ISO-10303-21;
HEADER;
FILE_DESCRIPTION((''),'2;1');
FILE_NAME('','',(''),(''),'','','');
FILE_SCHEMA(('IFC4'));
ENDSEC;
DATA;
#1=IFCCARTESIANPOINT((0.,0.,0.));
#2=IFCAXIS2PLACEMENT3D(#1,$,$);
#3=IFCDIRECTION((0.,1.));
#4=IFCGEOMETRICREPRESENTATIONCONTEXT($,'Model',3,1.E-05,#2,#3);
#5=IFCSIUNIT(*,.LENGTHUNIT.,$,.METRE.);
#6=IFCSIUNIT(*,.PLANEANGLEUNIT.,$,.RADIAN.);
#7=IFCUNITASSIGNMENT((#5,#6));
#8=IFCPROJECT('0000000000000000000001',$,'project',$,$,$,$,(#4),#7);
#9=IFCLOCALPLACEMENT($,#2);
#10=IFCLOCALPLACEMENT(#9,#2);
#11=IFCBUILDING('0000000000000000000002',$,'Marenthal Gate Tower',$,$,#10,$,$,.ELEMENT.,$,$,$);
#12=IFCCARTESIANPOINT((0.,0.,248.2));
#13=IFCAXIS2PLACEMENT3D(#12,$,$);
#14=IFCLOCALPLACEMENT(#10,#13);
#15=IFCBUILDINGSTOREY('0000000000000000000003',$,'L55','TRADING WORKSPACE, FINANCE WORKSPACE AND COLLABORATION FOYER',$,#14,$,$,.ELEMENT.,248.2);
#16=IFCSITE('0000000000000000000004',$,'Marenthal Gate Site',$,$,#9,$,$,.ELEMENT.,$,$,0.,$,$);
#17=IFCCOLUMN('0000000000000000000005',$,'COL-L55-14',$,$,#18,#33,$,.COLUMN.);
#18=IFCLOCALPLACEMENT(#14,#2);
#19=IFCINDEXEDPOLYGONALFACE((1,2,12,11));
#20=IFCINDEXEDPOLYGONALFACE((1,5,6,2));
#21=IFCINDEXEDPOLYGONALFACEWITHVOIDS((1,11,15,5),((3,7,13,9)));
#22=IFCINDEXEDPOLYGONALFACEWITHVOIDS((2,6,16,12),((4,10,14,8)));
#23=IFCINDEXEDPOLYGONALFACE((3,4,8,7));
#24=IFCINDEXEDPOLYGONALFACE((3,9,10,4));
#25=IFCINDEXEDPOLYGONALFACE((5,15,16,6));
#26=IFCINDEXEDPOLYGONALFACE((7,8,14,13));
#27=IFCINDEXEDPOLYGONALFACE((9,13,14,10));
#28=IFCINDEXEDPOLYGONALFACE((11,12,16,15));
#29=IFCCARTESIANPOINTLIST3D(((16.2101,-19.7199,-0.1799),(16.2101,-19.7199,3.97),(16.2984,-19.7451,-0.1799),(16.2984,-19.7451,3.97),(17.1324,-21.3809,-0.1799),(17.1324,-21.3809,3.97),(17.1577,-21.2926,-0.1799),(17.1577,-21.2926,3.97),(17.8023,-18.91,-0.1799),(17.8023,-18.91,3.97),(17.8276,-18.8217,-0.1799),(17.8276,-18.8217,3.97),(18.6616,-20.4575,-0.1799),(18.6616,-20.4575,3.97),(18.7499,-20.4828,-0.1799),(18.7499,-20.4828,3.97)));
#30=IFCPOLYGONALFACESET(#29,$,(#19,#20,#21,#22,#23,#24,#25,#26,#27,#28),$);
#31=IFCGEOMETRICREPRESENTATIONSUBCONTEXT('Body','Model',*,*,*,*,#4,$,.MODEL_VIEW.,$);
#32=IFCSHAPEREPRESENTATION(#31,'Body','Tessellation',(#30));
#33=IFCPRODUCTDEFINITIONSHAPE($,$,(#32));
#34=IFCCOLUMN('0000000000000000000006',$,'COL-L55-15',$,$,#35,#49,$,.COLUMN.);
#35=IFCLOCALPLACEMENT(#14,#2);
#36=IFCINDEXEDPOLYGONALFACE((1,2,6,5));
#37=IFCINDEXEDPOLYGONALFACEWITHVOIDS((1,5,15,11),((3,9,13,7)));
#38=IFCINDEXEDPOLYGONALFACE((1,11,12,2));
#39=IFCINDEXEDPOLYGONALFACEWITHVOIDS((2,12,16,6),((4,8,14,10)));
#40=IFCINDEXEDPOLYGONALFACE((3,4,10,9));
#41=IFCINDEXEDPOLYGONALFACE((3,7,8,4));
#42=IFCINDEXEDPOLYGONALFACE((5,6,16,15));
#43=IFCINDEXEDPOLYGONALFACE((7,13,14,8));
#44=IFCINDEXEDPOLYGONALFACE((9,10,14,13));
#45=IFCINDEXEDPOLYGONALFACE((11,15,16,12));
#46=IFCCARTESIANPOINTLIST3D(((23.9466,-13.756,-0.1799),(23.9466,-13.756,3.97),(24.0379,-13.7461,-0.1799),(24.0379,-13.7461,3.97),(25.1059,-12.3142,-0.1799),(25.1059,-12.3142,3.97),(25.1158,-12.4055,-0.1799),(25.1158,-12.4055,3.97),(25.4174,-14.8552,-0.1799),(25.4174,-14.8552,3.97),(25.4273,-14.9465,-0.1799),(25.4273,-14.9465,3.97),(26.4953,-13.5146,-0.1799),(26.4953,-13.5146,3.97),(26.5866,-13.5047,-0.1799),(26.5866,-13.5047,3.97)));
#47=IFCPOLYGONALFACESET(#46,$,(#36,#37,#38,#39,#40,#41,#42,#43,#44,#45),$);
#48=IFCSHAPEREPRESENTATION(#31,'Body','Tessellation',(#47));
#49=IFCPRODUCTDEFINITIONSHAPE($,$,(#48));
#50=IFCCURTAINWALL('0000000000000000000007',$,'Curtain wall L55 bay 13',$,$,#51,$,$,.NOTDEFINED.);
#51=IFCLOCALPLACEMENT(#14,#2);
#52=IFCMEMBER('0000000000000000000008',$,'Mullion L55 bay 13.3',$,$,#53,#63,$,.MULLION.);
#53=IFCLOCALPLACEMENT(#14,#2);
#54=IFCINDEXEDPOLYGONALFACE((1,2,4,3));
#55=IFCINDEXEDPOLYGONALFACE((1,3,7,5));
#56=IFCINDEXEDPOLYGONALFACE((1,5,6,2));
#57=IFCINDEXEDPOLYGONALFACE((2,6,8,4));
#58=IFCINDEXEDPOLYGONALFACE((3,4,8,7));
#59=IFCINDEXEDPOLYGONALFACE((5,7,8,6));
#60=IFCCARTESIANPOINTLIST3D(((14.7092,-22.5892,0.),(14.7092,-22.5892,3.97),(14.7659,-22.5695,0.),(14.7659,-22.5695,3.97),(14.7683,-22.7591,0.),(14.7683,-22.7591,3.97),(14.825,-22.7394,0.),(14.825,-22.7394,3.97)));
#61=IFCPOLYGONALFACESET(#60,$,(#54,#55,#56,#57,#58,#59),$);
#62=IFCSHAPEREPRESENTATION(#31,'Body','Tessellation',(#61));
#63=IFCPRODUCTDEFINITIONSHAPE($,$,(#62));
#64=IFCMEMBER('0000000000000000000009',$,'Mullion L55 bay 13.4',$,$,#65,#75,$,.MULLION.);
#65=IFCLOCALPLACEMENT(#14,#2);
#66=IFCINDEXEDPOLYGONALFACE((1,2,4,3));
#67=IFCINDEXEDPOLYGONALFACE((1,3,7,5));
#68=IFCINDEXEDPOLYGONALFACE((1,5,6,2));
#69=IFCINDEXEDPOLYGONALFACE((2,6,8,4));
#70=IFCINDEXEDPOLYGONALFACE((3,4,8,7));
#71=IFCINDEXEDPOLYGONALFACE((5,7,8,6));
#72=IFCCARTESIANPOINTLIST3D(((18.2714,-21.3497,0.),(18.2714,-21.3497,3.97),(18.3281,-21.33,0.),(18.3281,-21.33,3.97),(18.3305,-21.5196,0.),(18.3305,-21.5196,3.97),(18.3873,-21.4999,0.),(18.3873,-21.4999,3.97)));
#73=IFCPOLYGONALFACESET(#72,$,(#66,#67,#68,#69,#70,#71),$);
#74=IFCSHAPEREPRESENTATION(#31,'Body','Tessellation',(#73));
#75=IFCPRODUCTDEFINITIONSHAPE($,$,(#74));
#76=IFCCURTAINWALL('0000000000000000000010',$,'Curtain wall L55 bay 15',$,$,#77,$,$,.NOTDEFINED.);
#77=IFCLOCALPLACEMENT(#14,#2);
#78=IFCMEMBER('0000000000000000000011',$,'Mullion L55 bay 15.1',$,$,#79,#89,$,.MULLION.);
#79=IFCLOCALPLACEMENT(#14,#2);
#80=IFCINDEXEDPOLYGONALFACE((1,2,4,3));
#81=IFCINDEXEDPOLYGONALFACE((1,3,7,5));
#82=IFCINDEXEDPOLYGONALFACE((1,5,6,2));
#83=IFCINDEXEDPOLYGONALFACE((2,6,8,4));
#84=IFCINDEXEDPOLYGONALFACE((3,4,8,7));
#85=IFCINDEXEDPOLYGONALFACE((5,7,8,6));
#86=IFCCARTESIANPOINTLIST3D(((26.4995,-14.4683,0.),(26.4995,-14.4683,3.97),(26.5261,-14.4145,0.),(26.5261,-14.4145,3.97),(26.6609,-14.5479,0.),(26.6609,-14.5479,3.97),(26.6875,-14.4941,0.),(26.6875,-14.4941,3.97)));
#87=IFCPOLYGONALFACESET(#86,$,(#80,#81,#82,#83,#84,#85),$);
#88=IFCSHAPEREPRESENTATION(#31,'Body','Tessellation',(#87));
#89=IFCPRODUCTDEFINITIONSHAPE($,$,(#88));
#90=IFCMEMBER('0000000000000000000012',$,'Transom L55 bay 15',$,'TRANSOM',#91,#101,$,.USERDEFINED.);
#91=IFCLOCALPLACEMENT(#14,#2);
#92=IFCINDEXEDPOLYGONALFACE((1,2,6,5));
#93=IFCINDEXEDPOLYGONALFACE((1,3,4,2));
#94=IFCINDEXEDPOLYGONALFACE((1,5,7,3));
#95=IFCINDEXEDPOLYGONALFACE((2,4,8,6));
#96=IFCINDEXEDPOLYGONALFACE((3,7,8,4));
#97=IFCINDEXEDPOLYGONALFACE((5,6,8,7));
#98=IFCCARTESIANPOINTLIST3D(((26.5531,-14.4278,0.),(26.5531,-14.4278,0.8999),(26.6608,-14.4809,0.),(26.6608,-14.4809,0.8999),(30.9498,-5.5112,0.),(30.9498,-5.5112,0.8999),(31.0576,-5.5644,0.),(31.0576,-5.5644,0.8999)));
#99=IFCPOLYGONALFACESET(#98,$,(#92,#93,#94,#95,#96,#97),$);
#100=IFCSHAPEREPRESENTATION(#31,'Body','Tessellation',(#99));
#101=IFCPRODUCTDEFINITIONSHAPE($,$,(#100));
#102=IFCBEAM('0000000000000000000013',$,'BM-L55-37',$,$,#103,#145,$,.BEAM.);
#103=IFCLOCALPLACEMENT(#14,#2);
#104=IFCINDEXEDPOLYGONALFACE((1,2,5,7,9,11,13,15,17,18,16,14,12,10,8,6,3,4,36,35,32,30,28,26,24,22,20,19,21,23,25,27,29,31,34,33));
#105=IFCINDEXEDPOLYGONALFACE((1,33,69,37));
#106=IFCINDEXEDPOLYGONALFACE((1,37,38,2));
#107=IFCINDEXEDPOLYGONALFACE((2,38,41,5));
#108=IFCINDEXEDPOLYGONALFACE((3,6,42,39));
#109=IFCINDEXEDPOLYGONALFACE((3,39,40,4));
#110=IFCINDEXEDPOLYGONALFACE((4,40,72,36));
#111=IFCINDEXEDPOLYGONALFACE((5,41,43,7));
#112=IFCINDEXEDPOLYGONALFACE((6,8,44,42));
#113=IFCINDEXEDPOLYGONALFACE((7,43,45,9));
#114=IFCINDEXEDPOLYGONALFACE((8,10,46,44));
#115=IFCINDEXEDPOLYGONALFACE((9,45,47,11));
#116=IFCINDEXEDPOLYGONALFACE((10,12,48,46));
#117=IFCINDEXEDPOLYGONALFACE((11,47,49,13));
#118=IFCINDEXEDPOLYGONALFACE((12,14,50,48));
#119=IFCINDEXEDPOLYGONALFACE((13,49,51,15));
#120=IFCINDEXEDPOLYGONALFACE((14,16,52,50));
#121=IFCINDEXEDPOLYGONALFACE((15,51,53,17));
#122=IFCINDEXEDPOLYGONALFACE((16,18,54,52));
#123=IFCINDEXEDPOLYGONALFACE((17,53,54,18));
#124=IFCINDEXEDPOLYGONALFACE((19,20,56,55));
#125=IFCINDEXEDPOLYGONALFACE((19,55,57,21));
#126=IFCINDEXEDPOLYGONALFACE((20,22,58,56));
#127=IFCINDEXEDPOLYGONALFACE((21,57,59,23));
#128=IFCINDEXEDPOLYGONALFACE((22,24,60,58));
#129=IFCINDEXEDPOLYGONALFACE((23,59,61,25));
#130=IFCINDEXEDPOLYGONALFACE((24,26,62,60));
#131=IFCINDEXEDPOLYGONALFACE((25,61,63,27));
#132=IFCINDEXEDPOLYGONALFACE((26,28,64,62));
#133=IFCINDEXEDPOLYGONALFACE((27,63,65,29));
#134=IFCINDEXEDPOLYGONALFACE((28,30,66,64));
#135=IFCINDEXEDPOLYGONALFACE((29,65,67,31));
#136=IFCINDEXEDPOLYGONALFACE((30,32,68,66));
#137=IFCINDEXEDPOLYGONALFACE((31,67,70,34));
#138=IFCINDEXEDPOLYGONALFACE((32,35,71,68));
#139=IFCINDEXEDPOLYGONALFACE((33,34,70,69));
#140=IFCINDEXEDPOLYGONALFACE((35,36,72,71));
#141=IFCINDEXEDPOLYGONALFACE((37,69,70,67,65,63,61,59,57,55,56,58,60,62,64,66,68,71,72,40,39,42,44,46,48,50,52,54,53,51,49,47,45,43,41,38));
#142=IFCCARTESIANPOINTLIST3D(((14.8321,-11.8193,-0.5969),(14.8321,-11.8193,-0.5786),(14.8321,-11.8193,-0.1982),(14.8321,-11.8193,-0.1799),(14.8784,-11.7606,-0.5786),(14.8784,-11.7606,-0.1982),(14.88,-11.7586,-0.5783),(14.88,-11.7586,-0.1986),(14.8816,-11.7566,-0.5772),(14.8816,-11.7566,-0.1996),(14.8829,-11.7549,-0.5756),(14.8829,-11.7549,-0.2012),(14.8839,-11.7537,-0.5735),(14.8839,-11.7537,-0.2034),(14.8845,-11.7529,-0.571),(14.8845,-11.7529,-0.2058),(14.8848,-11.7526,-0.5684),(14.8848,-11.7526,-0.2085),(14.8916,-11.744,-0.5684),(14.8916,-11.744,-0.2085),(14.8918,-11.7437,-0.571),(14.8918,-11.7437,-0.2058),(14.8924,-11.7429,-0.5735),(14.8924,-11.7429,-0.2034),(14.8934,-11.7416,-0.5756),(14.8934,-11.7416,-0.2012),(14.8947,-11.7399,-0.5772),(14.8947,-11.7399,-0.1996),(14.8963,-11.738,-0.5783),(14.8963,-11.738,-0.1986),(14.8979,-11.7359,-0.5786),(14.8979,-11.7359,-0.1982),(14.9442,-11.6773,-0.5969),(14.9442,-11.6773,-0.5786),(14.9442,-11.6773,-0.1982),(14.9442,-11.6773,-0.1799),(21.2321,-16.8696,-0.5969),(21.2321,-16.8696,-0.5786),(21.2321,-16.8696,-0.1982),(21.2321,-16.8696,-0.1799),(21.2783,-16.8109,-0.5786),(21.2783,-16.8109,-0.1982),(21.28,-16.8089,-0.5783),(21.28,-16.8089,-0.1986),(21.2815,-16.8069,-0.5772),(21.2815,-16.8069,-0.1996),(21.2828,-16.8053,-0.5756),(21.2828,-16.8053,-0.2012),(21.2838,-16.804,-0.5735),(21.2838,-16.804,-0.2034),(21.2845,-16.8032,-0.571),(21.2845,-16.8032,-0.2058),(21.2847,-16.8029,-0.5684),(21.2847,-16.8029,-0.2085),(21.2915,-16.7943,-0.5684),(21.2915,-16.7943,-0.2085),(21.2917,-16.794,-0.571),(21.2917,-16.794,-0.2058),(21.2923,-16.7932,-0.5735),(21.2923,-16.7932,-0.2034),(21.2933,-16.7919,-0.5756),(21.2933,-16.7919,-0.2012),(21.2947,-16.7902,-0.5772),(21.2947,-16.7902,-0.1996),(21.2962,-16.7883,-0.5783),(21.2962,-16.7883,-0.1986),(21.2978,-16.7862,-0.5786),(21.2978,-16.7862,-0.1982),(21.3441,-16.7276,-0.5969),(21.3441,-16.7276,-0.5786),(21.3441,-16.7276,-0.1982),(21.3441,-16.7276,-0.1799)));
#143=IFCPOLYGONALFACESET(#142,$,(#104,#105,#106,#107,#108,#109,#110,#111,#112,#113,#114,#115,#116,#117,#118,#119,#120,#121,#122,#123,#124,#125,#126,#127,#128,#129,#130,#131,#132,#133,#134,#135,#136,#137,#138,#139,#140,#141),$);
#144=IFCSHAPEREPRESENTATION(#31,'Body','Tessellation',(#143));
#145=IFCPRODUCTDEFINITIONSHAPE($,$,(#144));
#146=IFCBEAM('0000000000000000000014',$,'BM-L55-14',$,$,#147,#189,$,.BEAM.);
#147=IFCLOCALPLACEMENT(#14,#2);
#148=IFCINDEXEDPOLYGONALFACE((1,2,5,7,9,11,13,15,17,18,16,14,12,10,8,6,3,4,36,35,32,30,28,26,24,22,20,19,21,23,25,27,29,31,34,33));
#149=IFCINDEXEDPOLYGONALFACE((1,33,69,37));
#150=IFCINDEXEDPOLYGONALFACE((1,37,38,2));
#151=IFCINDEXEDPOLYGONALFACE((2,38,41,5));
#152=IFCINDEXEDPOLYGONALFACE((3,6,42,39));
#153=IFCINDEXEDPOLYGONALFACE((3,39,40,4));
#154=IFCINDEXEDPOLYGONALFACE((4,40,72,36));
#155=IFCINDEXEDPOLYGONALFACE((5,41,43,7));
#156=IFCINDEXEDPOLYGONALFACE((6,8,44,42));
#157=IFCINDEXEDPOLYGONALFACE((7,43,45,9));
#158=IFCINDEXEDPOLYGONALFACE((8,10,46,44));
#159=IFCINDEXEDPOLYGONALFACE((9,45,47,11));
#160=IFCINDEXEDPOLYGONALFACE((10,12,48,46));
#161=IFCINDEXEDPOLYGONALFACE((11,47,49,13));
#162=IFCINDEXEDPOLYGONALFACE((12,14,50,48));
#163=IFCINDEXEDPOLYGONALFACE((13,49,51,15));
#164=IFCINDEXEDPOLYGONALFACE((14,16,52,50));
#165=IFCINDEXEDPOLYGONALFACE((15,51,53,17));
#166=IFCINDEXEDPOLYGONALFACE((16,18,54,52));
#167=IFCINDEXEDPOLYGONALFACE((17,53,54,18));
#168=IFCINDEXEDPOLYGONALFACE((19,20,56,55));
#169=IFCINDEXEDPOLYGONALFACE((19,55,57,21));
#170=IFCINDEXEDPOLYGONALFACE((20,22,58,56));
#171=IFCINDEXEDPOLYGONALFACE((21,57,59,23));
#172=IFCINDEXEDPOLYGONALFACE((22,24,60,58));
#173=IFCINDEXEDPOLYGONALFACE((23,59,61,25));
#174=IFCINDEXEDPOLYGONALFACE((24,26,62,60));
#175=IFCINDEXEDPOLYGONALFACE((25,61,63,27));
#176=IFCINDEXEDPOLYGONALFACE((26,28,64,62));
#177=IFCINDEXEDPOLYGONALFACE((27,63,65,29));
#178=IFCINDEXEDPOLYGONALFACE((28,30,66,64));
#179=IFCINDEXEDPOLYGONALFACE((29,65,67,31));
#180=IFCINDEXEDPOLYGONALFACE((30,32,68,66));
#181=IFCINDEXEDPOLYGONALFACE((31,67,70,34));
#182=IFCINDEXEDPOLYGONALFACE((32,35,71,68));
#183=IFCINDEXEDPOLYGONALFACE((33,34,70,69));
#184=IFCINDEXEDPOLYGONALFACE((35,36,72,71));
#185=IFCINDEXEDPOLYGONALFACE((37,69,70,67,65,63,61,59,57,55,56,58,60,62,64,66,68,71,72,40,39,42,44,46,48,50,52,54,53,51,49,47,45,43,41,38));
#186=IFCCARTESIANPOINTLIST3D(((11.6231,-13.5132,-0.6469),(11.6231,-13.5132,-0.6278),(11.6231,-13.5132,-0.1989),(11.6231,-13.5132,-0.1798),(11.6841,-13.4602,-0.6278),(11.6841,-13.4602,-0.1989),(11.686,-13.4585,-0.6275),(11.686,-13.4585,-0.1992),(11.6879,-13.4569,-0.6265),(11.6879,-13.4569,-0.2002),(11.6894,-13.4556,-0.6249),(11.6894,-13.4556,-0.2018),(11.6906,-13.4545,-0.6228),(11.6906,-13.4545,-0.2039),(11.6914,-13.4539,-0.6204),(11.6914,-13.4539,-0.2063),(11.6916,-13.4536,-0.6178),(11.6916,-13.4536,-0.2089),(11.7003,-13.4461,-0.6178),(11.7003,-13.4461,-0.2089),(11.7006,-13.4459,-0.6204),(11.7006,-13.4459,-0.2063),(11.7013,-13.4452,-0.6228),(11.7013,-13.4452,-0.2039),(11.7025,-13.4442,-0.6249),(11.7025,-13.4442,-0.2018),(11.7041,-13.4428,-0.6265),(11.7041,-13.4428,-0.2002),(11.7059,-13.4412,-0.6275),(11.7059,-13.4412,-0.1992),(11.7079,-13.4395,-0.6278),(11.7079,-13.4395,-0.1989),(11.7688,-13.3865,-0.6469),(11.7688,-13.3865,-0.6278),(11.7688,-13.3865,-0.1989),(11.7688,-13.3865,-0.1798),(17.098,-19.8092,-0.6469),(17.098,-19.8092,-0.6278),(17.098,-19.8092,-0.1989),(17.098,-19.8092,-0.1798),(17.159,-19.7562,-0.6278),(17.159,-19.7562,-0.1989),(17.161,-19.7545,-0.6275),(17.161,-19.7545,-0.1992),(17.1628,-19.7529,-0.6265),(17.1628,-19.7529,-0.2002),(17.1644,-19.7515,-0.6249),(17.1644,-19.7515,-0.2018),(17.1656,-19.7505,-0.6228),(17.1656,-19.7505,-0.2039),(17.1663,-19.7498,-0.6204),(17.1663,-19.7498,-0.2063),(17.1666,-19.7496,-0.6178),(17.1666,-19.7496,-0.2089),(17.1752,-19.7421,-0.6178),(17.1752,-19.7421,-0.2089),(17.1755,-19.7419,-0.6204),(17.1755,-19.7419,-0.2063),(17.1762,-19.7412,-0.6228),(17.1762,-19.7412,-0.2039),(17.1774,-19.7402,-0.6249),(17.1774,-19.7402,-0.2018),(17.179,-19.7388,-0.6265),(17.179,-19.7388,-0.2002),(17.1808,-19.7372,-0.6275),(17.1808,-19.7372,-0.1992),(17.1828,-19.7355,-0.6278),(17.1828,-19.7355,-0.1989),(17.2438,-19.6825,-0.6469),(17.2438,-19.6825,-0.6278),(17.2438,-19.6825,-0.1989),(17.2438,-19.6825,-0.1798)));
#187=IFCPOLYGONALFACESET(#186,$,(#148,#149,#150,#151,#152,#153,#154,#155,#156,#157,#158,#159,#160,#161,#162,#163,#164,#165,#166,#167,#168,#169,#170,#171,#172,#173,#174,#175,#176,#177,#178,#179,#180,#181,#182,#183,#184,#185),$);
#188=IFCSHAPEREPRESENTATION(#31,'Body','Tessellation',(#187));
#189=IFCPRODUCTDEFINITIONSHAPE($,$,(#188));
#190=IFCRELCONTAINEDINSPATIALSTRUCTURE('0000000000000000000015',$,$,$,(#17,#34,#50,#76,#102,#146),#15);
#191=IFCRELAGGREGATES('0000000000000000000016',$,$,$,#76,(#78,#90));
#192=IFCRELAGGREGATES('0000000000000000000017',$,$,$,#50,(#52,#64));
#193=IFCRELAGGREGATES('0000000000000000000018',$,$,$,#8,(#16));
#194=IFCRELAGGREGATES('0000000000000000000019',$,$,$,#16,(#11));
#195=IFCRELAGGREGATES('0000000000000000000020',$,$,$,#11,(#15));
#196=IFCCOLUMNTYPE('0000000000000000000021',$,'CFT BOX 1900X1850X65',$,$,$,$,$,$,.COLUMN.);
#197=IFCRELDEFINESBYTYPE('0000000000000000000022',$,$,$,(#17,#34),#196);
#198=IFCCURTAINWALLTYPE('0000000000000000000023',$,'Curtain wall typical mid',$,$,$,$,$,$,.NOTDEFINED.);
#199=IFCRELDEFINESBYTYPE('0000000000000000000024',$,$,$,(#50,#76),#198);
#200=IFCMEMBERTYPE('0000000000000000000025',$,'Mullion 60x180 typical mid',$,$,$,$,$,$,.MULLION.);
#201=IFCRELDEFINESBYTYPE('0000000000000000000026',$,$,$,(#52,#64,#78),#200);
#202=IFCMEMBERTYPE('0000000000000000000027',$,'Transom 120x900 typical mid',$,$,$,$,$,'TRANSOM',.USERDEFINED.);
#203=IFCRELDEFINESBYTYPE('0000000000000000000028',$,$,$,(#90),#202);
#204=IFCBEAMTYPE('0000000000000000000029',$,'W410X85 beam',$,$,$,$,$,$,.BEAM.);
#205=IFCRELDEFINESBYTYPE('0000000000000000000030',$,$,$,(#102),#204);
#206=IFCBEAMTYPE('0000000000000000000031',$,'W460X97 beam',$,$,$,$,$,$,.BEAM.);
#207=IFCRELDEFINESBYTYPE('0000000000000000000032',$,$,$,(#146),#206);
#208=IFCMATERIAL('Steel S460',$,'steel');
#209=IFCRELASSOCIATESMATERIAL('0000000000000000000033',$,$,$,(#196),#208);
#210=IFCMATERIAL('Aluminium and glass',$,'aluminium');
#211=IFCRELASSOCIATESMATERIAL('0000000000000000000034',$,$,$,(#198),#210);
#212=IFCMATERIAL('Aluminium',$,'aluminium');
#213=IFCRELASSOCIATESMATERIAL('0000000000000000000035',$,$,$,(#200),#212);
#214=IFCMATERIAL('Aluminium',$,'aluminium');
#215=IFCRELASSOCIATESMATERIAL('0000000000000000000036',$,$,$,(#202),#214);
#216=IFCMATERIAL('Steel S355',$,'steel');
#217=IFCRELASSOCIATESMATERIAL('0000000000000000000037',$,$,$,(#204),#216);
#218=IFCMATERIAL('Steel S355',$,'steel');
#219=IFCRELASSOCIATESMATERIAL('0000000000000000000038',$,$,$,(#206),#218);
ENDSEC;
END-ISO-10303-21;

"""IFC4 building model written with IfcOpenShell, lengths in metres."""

from ifc_helpers import new_model, si_unit, direction, frame, origin, origin_2d, place, context, subcontext, project, spatial, rectangle, hollow_rectangle, i_section, extrude, material, material_profile, profile_set, type_object, element, aggregate, save


model = new_model("IFC4")

# Units and contexts
model_context = context("Model", 3, precision=1e-05, world=origin(), true_north=direction((0.0, 1.0)))
body_context = subcontext(model_context, "Body", "Model", "MODEL_VIEW")
ifc_project = project(units=[si_unit("LENGTHUNIT", "METRE"), si_unit("PLANEANGLEUNIT", "RADIAN")], contexts=[model_context])

# Site, building, storey
site_placement = place(None, origin())
site = spatial("IfcSite", under=ifc_project, at=site_placement, Name="Marenthal Gate Site", CompositionType="ELEMENT", RefElevation=0.0)
building_placement = place(site_placement, origin())
building = spatial("IfcBuilding", under=site, at=building_placement, Name="Marenthal Gate Tower", CompositionType="ELEMENT")
storey_placement = place(building_placement, frame((0.0, 0.0, 248.2)))
storey = spatial("IfcBuildingStorey", under=building, at=storey_placement, Name="L55", Description="TRADING WORKSPACE, FINANCE WORKSPACE AND COLLABORATION FOYER", CompositionType="ELEMENT", Elevation=248.2)

# Columns
ifc_material_1 = material(Name="Steel S460", Category="steel")
ifc_material_profile_1 = material_profile(ifc_material_1, hollow_rectangle(XDim=1.8501, YDim=1.8999, WallThickness=0.0649, at=origin_2d()), Name="CFT BOX 1900X1850X65")
ifc_material_2 = material(Name="Concrete 70 MPa", Category="concrete")
ifc_material_profile_2 = material_profile(ifc_material_2, rectangle(XDim=1.72, YDim=1.77, at=origin_2d()), Name="CFT BOX 1900X1850X65 INFILL")
ifc_profile_set_1 = profile_set([ifc_material_profile_1, ifc_material_profile_2], Name="Steel S460 shell, Concrete 70 MPa infill")
column_type = type_object("IfcColumnType", Name="CFT BOX 1900X1850X65", PredefinedType="COLUMN", material=ifc_profile_set_1)
for number, where, z_axis, x_axis, name in (
    (1, (17.48, -20.1013, -0.1799), (0.0, 0.0, 1.0), (-0.874262, -0.485454, 0.0), "COL-L55-14"),
    (2, (25.2666, -13.6304, -0.1799), (0.0, 0.0, 1.0), (-0.626615, -0.779329, 0.0), "COL-L55-15"),
):
    element("IfcColumn", number, at=place(storey_placement, frame(where, z_axis=z_axis, x_axis=x_axis)), inside=storey, type_object=column_type, Name=name, PredefinedType="COLUMN", context=body_context, shape_type="SweptSolid", body=[
        extrude(hollow_rectangle(XDim=1.8501, YDim=1.8999, WallThickness=0.0649, at=origin_2d()), origin(), (0.0, 0.0, 1.0), 4.1499),
    ])

# Curtain walls, members
ifc_material_3 = material(Name="Aluminium and glass", Category="aluminium")
curtain_wall_type = type_object("IfcCurtainWallType", Name="Curtain wall typical mid", PredefinedType="NOTDEFINED", material=ifc_material_3)
curtain_wall_1_placement = place(storey_placement, origin())
curtain_wall_1 = element("IfcCurtainWall", 3, at=curtain_wall_1_placement, inside=storey, type_object=curtain_wall_type, Name="Curtain wall L55 bay 13", PredefinedType="NOTDEFINED")
ifc_material_4 = material(Name="Aluminium", Category="aluminium")
ifc_material_profile_3 = material_profile(ifc_material_4, rectangle(XDim=0.1799, YDim=0.0601, at=origin_2d()), Name="60x180 aluminium mullion")
ifc_profile_set_2 = profile_set([ifc_material_profile_3], Name="Aluminium")
member_type_1 = type_object("IfcMemberType", Name="Mullion 60x180 typical mid", PredefinedType="MULLION", material=ifc_profile_set_2)
member_1_placement = place(storey_placement, frame((14.7671, -22.6643, 0.0), z_axis=(0.0, 0.0, 1.0), x_axis=(-0.328612, 0.944465, 0.0)))
member_1 = element("IfcMember", 4, at=member_1_placement, type_object=member_type_1, Name="Mullion L55 bay 13.3", PredefinedType="MULLION", context=body_context, shape_type="SweptSolid", body=[
    extrude(rectangle(XDim=0.1799, YDim=0.0601, at=origin_2d()), origin(), (0.0, 0.0, 1.0), 3.97),
])
member_2_placement = place(storey_placement, frame((18.3293, -21.4248, 0.0), z_axis=(0.0, 0.0, 1.0), x_axis=(-0.328612, 0.944465, 0.0)))
member_2 = element("IfcMember", 5, at=member_2_placement, type_object=member_type_1, Name="Mullion L55 bay 13.4", PredefinedType="MULLION", context=body_context, shape_type="SweptSolid", body=[
    extrude(rectangle(XDim=0.1799, YDim=0.0601, at=origin_2d()), origin(), (0.0, 0.0, 1.0), 3.97),
])
curtain_wall_2_placement = place(storey_placement, origin())
curtain_wall_2 = element("IfcCurtainWall", 6, at=curtain_wall_2_placement, inside=storey, type_object=curtain_wall_type, Name="Curtain wall L55 bay 15", PredefinedType="NOTDEFINED")
member_3_placement = place(storey_placement, frame((26.5935, -14.4812, 0.0), z_axis=(0.0, 0.0, 1.0), x_axis=(-0.896882, 0.442269, 0.0)))
member_3 = element("IfcMember", 7, at=member_3_placement, type_object=member_type_1, Name="Mullion L55 bay 15.1", PredefinedType="MULLION", context=body_context, shape_type="SweptSolid", body=[
    extrude(rectangle(XDim=0.1799, YDim=0.0601, at=origin_2d()), origin(), (0.0, 0.0, 1.0), 3.97),
])
ifc_material_5 = material(Name="Aluminium", Category="aluminium")
ifc_material_profile_4 = material_profile(ifc_material_5, rectangle(XDim=0.1201, YDim=0.8999, at=origin_2d()), Name="120x900 aluminium transom")
ifc_profile_set_3 = profile_set([ifc_material_profile_4], Name="Aluminium")
member_type_2 = type_object("IfcMemberType", Name="Transom 120x900 typical mid", ElementType="TRANSOM", PredefinedType="USERDEFINED", material=ifc_profile_set_3)
member_4_placement = place(storey_placement, frame((26.6069, -14.4543, 0.45), z_axis=(0.442256, 0.896889, 0.0), x_axis=(-0.896889, 0.442256, 0.0)))
member_4 = element("IfcMember", 8, at=member_4_placement, type_object=member_type_2, Name="Transom L55 bay 15", ObjectType="TRANSOM", PredefinedType="USERDEFINED", context=body_context, shape_type="SweptSolid", body=[
    extrude(rectangle(XDim=0.1201, YDim=0.8999, at=origin_2d()), origin(), (0.0, 0.0, 1.0), 9.9417),
])
aggregate(curtain_wall_2, [member_3, member_4])

# Beams
ifc_material_6 = material(Name="Steel S355", Category="steel")
ifc_material_profile_5 = material_profile(ifc_material_6, i_section(OverallWidth=0.1809, OverallDepth=0.417, WebThickness=0.011, FlangeThickness=0.0183, FilletRadius=0.0103, at=origin_2d()), Name="W410X85")
ifc_profile_set_4 = profile_set([ifc_material_profile_5], Name="Steel S355")
beam_type_1 = type_object("IfcBeamType", Name="W410X85 beam", PredefinedType="BEAM", material=ifc_profile_set_4)
beam_1_placement = place(storey_placement, frame((21.2881, -16.7986, -0.3884), z_axis=(-0.785018, 0.619473, 0.0), x_axis=(-0.619473, -0.785018, 0.0)))
element("IfcBeam", 9, at=beam_1_placement, inside=storey, type_object=beam_type_1, Name="BM-L55-37", PredefinedType="BEAM", context=body_context, shape_type="SweptSolid", body=[
    extrude(i_section(OverallWidth=0.1809, OverallDepth=0.417, WebThickness=0.011, FlangeThickness=0.0183, FilletRadius=0.0103, at=origin_2d()), origin(), (0.0, 0.0, 1.0), 8.1526),
])
ifc_material_7 = material(Name="Steel S355", Category="steel")
ifc_material_profile_6 = material_profile(ifc_material_7, i_section(OverallWidth=0.1931, OverallDepth=0.467, WebThickness=0.0115, FlangeThickness=0.019, FilletRadius=0.01, at=origin_2d()), Name="W460X97")
ifc_profile_set_5 = profile_set([ifc_material_profile_6], Name="Steel S355")
beam_type_2 = type_object("IfcBeamType", Name="W460X97 beam", PredefinedType="BEAM", material=ifc_profile_set_5)
beam_2_placement = place(storey_placement, frame((17.1709, -19.7458, -0.4133), z_axis=(-0.65619, 0.754596, 0.0), x_axis=(-0.754596, -0.65619, 0.0)))
element("IfcBeam", 10, at=beam_2_placement, inside=storey, type_object=beam_type_2, Name="BM-L55-14", PredefinedType="BEAM", context=body_context, shape_type="SweptSolid", body=[
    extrude(i_section(OverallWidth=0.1931, OverallDepth=0.467, WebThickness=0.0115, FlangeThickness=0.019, FilletRadius=0.01, at=origin_2d()), origin(), (0.0, 0.0, 1.0), 8.3435),
])

aggregate(curtain_wall_1, [member_1, member_2])

save(model, "model.ifc")
